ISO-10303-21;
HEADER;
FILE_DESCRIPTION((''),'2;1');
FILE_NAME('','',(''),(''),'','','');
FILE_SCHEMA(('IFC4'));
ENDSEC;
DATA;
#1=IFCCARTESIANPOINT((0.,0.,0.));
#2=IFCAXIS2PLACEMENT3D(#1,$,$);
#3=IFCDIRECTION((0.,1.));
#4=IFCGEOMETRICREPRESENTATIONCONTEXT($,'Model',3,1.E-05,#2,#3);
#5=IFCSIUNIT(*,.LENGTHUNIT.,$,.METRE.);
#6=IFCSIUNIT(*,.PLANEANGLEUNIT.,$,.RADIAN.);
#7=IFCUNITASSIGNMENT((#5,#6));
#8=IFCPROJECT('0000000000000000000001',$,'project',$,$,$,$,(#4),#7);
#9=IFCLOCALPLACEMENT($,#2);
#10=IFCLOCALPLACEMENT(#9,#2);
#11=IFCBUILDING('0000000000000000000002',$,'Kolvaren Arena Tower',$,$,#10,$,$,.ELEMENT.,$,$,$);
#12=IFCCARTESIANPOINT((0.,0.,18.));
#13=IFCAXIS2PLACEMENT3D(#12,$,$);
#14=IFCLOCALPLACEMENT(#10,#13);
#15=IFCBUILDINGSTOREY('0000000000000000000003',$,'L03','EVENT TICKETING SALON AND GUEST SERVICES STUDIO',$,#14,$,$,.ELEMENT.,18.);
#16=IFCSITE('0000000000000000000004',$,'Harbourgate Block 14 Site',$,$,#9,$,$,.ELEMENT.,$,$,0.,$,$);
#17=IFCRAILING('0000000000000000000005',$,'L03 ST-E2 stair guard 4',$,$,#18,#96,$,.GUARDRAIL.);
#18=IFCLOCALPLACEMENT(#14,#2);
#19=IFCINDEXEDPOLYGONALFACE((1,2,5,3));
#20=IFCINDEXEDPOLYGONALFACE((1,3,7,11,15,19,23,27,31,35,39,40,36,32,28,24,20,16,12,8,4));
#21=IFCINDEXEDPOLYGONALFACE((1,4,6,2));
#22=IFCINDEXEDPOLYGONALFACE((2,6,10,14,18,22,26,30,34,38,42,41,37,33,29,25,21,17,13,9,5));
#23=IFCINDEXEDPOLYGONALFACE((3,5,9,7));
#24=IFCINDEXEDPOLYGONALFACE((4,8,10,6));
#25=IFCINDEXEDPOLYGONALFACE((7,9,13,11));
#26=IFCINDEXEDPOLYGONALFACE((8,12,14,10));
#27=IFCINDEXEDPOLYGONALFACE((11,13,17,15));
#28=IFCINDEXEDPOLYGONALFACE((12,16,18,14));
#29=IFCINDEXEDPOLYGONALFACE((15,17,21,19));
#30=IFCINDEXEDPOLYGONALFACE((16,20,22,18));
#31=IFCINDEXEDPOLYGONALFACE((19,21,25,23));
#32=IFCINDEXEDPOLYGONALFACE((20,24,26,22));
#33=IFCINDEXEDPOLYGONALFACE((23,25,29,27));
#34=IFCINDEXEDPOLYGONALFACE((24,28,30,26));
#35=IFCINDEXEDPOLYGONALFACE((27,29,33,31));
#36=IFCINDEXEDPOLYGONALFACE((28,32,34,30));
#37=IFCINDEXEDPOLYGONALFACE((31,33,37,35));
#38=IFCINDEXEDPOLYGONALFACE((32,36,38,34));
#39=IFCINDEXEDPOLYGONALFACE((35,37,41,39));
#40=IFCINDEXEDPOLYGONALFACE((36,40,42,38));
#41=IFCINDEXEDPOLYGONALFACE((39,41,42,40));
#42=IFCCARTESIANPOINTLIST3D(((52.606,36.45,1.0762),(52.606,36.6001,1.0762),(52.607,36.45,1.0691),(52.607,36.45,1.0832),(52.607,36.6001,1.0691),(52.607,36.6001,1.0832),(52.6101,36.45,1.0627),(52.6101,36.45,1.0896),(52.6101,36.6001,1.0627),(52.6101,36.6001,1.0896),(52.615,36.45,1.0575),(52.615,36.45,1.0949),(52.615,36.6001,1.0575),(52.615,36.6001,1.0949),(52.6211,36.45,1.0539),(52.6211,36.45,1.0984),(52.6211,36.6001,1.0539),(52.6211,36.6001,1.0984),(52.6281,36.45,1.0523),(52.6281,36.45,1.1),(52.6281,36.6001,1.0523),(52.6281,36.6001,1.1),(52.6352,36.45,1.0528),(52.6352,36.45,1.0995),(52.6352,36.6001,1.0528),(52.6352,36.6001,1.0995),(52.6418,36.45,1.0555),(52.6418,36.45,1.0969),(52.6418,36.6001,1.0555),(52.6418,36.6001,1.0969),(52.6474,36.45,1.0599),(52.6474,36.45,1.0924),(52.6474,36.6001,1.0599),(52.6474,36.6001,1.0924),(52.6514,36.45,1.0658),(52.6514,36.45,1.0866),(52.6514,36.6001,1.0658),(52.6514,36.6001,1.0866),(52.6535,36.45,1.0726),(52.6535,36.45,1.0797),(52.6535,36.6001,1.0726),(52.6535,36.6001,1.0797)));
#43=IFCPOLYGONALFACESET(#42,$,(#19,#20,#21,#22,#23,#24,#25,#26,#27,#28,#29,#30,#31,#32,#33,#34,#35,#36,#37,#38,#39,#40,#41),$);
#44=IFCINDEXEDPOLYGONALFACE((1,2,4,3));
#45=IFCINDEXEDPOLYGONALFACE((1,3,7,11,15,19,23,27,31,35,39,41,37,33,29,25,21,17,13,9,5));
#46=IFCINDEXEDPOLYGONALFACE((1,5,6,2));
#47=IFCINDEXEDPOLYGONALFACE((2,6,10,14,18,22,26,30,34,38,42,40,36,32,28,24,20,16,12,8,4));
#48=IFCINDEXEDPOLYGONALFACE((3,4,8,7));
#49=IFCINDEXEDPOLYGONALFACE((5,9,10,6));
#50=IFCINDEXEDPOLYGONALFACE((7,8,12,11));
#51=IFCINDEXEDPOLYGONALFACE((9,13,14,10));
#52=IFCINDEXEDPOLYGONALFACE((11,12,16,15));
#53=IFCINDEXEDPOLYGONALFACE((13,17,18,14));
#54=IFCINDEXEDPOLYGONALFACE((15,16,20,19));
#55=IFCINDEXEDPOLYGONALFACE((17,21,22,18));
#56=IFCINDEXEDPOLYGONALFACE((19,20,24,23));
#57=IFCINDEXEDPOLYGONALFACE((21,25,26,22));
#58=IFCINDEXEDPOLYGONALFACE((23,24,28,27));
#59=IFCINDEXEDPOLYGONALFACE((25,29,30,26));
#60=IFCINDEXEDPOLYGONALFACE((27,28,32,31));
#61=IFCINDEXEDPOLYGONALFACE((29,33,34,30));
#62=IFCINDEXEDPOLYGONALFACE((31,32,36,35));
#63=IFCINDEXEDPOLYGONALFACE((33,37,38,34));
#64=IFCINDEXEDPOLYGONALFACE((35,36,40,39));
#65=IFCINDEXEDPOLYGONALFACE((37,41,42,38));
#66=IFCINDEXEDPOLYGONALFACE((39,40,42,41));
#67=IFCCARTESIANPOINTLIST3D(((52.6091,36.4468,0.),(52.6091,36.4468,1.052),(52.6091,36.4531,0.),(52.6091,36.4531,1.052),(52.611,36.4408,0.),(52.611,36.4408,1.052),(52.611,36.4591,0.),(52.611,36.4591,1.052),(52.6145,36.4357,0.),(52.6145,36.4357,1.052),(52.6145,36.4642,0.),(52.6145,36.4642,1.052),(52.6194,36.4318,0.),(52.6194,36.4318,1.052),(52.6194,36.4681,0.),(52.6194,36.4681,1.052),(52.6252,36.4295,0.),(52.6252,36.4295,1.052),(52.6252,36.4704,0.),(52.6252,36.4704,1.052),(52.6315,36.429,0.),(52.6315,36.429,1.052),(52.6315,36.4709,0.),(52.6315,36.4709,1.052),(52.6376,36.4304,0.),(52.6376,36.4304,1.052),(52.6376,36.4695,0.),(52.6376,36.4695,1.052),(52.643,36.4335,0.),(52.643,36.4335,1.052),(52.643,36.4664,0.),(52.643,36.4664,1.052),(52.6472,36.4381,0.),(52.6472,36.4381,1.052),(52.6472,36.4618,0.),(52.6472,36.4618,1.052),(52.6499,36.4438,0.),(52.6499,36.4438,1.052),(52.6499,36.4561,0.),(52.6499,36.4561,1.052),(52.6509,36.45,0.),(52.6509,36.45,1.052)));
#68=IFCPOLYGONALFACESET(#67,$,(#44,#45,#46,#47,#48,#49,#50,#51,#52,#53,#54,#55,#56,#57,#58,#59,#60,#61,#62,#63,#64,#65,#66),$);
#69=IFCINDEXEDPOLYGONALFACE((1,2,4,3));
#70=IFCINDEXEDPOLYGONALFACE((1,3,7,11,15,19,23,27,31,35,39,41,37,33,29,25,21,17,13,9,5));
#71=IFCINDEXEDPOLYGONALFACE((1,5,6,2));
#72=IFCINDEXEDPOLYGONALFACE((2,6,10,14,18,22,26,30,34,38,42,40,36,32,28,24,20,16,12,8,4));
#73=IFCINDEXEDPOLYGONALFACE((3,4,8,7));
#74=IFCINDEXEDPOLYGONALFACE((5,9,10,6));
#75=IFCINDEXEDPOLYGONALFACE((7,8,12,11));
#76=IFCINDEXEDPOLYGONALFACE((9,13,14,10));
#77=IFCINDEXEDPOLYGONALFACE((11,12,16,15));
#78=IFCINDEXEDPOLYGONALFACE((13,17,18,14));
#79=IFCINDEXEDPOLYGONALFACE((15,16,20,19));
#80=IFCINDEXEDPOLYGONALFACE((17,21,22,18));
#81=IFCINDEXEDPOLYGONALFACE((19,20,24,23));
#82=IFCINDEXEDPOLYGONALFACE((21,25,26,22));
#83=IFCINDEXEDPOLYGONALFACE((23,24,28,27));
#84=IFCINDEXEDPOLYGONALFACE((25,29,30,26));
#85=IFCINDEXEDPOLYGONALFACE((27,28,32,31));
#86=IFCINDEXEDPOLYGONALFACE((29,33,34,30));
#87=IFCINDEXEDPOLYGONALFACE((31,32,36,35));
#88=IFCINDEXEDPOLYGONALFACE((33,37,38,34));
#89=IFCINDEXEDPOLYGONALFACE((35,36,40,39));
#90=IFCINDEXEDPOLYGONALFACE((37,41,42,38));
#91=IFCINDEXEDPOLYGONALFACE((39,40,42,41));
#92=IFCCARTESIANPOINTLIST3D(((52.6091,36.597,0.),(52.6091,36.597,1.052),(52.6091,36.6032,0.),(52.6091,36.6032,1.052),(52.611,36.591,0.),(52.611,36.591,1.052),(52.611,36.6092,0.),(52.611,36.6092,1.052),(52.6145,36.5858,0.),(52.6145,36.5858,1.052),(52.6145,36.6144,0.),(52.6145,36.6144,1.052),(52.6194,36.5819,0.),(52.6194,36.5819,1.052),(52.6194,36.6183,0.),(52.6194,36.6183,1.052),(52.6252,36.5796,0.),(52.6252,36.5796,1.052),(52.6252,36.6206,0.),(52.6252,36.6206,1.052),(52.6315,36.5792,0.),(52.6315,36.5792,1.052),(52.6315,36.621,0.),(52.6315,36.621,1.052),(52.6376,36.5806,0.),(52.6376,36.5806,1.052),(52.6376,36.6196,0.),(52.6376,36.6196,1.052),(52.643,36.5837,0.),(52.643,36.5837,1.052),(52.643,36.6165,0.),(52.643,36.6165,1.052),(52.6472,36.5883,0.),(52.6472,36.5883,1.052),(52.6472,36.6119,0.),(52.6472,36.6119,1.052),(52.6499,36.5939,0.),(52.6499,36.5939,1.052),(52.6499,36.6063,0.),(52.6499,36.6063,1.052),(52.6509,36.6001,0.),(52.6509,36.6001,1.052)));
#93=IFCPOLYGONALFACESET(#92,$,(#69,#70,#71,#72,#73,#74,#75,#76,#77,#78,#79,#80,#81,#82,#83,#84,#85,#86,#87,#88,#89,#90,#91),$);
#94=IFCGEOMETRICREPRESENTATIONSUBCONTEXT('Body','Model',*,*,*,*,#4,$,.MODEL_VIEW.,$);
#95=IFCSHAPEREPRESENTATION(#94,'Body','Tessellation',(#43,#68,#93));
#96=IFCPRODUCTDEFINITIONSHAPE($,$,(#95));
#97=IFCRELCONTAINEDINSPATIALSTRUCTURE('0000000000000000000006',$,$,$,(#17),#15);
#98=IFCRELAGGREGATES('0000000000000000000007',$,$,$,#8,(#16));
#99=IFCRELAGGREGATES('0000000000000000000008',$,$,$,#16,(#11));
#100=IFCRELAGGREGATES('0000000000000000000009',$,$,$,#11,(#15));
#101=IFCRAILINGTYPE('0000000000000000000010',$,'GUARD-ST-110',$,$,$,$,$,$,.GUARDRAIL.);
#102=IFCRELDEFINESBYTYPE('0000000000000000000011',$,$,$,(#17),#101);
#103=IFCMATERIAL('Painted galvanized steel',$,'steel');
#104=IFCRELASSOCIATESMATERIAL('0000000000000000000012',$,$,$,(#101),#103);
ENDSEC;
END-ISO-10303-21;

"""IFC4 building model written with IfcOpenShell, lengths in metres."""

from ifc_helpers import new_model, si_unit, direction, frame, origin, origin_2d, place, context, subcontext, project, spatial, circle, extrude, material, type_object, element, save


model = new_model("IFC4")

# Units and contexts
model_context = context("Model", 3, precision=1e-05, world=origin(), true_north=direction((0.0, 1.0)))
body_context = subcontext(model_context, "Body", "Model", "MODEL_VIEW")
ifc_project = project(units=[si_unit("LENGTHUNIT", "METRE"), si_unit("PLANEANGLEUNIT", "RADIAN")], contexts=[model_context])

# Site, building, storey
site_placement = place(None, origin())
site = spatial("IfcSite", under=ifc_project, at=site_placement, Name="Harbourgate Block 14 Site", CompositionType="ELEMENT", RefElevation=0.0)
building_placement = place(site_placement, origin())
building = spatial("IfcBuilding", under=site, at=building_placement, Name="Kolvaren Arena Tower", CompositionType="ELEMENT")
storey_placement = place(building_placement, frame((0.0, 0.0, 18.0)))
storey = spatial("IfcBuildingStorey", under=building, at=storey_placement, Name="L03", Description="EVENT TICKETING SALON AND GUEST SERVICES STUDIO", CompositionType="ELEMENT", Elevation=18.0)

# Railing
ifc_material_1 = material(Name="Painted galvanized steel", Category="steel")
railing_type_1 = type_object("IfcRailingType", Name="GUARD-ST-110", PredefinedType="GUARDRAIL", material=ifc_material_1)
railing_1_placement = place(storey_placement, frame((52.6299, 36.45, 0.0)))
element("IfcRailing", 1, at=railing_1_placement, inside=storey, type_object=railing_type_1, Name="L03 ST-E2 stair guard 4", PredefinedType="GUARDRAIL", context=body_context, shape_type="SweptSolid", body=[
    extrude(circle(Radius=0.0239, at=origin_2d()), frame((0.0, 0.0, 1.0762), z_axis=(0.0, 1.0, 0.0), x_axis=(-1.0, 0.0, 0.0)), (0.0, 0.0, 1.0), 0.1501),
    extrude(circle(Radius=0.021, at=origin_2d()), origin(), (0.0, 0.0, 1.0), 1.052),
    extrude(circle(Radius=0.021, at=origin_2d()), frame((0.0, 0.1501, 0.0)), (0.0, 0.0, 1.0), 1.052),
])

save(model, "model.ifc")
